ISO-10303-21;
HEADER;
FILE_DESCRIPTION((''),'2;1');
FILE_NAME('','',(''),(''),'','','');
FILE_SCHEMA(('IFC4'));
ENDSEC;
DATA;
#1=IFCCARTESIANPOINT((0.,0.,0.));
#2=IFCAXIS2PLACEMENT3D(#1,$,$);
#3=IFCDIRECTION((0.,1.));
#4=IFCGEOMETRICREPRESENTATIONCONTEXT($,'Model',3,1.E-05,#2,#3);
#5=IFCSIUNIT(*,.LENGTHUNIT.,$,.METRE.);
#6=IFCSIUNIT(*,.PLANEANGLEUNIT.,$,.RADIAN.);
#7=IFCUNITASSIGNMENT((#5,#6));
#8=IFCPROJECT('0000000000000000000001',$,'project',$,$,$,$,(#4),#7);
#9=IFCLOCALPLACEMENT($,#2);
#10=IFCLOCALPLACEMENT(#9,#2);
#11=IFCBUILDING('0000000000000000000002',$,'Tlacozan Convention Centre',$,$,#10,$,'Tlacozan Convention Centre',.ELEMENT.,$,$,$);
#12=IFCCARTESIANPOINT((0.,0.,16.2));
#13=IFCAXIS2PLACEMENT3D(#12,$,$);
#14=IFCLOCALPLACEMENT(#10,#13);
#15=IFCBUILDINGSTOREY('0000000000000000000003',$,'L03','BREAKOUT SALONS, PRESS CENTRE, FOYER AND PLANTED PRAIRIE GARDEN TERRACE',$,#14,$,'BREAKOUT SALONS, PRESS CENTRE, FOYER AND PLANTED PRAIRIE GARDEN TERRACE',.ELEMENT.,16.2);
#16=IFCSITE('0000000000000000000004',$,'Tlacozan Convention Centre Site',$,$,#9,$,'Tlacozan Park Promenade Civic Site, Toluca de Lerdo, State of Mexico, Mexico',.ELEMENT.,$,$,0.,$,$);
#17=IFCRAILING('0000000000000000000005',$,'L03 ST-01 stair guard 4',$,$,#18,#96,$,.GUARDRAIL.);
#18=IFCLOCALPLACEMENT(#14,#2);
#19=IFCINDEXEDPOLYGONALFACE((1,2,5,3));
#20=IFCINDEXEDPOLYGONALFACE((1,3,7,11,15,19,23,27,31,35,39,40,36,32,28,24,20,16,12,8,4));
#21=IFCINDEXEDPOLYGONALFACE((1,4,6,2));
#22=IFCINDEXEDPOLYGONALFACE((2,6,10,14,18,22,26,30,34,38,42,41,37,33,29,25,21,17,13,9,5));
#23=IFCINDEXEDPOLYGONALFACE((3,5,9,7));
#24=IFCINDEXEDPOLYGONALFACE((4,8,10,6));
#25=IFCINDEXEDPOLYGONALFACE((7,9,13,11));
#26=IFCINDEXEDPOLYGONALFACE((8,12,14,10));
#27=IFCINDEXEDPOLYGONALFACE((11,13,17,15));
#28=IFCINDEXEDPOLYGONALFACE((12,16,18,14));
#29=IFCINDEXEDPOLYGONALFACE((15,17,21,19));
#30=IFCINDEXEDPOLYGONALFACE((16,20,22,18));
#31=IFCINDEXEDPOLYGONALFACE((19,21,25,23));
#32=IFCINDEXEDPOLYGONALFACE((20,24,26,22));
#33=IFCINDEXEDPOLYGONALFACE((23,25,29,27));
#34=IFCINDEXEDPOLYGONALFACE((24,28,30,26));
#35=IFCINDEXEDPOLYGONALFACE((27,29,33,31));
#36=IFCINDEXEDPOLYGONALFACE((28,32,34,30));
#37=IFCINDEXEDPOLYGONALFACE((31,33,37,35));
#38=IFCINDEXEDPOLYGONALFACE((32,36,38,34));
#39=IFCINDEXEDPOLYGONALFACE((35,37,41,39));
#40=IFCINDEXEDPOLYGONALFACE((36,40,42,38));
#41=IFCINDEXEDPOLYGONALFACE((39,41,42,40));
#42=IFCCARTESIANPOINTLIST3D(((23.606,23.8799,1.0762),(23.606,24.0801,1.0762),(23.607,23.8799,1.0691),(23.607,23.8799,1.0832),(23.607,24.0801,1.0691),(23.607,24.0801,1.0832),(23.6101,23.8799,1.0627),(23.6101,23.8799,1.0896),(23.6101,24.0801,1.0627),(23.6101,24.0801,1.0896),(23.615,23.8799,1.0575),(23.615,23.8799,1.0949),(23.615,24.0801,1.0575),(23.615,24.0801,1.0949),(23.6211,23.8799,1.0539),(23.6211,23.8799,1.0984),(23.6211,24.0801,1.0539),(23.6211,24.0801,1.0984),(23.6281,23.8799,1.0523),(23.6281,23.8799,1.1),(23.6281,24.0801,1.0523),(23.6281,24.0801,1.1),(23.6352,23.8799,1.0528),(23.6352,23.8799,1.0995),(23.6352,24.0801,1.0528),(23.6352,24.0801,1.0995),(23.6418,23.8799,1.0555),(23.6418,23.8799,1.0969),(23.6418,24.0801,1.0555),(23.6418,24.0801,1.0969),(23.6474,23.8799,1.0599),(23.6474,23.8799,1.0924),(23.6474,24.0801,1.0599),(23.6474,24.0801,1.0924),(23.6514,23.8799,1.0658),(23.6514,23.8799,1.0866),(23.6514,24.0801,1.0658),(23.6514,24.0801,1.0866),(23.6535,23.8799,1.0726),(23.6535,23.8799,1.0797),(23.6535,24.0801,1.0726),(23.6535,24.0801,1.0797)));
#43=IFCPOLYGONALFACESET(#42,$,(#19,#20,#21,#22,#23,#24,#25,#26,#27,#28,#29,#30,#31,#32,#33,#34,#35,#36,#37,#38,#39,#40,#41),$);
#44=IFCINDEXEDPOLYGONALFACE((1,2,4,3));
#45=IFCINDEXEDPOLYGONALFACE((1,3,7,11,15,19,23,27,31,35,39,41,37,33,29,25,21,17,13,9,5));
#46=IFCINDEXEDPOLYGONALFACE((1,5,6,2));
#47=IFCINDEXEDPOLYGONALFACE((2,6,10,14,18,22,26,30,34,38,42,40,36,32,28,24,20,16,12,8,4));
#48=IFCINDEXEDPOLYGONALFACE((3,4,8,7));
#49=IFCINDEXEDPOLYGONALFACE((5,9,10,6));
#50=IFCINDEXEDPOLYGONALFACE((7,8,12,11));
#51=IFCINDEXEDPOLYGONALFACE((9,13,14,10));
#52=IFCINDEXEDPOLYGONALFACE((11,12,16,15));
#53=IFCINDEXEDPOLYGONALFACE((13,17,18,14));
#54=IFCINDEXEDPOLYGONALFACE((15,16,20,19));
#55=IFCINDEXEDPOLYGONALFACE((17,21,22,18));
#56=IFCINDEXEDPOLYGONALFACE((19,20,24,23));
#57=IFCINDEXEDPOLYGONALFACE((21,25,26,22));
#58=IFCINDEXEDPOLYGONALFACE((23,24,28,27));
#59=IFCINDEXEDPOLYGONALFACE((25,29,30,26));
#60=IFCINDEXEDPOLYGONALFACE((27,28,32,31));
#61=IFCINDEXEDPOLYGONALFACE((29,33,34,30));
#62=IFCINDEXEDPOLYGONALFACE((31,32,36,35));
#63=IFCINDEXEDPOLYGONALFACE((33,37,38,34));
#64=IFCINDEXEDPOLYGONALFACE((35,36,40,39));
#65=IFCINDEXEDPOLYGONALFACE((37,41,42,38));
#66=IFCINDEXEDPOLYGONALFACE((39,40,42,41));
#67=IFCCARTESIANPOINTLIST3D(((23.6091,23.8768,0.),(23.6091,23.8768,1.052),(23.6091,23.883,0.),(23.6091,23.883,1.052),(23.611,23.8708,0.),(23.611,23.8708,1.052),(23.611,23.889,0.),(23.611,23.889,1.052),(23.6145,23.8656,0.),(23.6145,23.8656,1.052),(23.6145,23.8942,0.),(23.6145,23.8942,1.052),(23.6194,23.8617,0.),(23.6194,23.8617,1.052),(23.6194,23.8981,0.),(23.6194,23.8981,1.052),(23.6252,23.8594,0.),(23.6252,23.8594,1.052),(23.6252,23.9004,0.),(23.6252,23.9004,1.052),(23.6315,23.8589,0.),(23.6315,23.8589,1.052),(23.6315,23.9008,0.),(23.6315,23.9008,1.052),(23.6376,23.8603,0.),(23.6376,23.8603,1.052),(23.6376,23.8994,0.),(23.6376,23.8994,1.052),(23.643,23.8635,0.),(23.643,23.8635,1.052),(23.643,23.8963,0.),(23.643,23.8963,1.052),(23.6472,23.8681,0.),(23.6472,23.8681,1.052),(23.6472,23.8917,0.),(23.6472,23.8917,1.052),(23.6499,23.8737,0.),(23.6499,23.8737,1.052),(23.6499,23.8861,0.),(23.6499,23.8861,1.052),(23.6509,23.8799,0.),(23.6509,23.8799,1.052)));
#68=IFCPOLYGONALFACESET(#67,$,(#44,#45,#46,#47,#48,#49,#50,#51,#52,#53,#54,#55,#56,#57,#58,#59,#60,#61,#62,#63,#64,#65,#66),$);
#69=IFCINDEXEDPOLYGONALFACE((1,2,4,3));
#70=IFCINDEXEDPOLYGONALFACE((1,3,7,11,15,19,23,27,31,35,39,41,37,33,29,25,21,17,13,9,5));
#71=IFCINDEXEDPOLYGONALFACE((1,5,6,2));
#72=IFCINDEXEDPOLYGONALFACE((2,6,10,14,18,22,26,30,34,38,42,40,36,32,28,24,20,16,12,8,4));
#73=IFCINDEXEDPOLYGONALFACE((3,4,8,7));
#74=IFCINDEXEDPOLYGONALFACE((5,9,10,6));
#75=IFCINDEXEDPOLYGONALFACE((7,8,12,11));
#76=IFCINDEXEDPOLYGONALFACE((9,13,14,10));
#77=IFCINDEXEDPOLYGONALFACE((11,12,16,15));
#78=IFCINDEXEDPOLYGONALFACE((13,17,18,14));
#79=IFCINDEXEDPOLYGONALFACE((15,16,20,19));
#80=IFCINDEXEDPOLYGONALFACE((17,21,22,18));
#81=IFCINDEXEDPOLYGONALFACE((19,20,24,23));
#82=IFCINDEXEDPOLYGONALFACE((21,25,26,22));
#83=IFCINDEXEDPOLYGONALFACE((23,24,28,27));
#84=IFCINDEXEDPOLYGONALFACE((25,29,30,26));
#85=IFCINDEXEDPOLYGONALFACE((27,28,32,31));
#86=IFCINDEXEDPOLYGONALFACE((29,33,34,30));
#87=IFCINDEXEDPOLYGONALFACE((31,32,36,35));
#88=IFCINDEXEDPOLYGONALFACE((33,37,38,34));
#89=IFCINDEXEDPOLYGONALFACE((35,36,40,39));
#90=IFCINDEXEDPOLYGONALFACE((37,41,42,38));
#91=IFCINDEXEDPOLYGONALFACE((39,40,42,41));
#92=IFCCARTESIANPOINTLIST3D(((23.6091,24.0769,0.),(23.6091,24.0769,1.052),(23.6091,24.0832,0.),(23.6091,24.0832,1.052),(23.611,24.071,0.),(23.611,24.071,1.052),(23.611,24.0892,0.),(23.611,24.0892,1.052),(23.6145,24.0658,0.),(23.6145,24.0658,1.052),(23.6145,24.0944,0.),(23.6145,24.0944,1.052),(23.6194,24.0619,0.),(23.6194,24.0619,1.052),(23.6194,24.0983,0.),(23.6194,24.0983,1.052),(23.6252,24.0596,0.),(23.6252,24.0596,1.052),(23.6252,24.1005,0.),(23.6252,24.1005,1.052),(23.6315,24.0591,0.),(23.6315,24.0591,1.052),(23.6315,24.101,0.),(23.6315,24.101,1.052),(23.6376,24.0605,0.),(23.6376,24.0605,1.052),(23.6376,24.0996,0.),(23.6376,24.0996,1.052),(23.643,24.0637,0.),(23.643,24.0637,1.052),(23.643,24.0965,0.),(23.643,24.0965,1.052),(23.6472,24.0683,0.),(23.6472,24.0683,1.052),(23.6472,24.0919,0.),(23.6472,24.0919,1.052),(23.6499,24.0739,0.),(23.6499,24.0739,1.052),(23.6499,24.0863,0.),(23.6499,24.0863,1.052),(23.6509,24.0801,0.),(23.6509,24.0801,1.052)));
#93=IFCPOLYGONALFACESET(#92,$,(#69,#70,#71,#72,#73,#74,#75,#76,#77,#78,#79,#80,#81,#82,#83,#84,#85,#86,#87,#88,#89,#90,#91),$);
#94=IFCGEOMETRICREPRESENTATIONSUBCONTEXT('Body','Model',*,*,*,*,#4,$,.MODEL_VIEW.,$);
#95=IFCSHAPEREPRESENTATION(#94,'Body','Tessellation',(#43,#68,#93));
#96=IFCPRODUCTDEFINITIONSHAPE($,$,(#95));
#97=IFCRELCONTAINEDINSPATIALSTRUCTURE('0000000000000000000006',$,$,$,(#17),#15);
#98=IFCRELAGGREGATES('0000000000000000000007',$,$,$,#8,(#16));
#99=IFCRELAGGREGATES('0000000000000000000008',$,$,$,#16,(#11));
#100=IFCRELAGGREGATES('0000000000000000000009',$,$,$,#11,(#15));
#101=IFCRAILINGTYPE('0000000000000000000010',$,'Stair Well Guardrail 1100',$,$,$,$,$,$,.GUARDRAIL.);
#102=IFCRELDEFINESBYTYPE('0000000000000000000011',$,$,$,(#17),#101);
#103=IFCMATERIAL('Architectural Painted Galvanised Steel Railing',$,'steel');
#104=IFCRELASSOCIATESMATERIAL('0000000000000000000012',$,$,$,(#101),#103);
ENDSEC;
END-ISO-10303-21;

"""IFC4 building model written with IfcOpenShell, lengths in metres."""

from ifc_helpers import new_model, si_unit, direction, frame, origin, origin_2d, place, context, subcontext, project, spatial, circle, extrude, material, type_object, element, save


model = new_model("IFC4")

# Units and contexts
model_context = context("Model", 3, precision=1e-05, world=origin(), true_north=direction((0.0, 1.0)))
body_context = subcontext(model_context, "Body", "Model", "MODEL_VIEW")
ifc_project = project(units=[si_unit("LENGTHUNIT", "METRE"), si_unit("PLANEANGLEUNIT", "RADIAN")], contexts=[model_context])

# Site, building, storey
site_placement = place(None, origin())
site = spatial("IfcSite", under=ifc_project, at=site_placement, Name="Tlacozan Convention Centre Site", LongName="Tlacozan Park Promenade Civic Site, Toluca de Lerdo, State of Mexico, Mexico", CompositionType="ELEMENT", RefElevation=0.0)
building_placement = place(site_placement, origin())
building = spatial("IfcBuilding", under=site, at=building_placement, Name="Tlacozan Convention Centre", LongName="Tlacozan Convention Centre", CompositionType="ELEMENT")
storey_placement = place(building_placement, frame((0.0, 0.0, 16.2)))
storey = spatial("IfcBuildingStorey", under=building, at=storey_placement, Name="L03", Description="BREAKOUT SALONS, PRESS CENTRE, FOYER AND PLANTED PRAIRIE GARDEN TERRACE", LongName="BREAKOUT SALONS, PRESS CENTRE, FOYER AND PLANTED PRAIRIE GARDEN TERRACE", CompositionType="ELEMENT", Elevation=16.2)

# Railing
ifc_material_1 = material(Name="Architectural Painted Galvanised Steel Railing", Category="steel")
railing_type_1 = type_object("IfcRailingType", Name="Stair Well Guardrail 1100", PredefinedType="GUARDRAIL", material=ifc_material_1)
railing_1_placement = place(storey_placement, frame((23.6299, 23.8799, 0.0)))
element("IfcRailing", 1, at=railing_1_placement, inside=storey, type_object=railing_type_1, Name="L03 ST-01 stair guard 4", PredefinedType="GUARDRAIL", context=body_context, shape_type="SweptSolid", body=[
    extrude(circle(Radius=0.0239, at=origin_2d()), frame((0.0, 0.0, 1.0762), z_axis=(0.0, 1.0, 0.0), x_axis=(-1.0, 0.0, 0.0)), (0.0, 0.0, 1.0), 0.2002),
    extrude(circle(Radius=0.021, at=origin_2d()), origin(), (0.0, 0.0, 1.0), 1.052),
    extrude(circle(Radius=0.021, at=origin_2d()), frame((0.0, 0.2002, 0.0)), (0.0, 0.0, 1.0), 1.052),
])

save(model, "model.ifc")
